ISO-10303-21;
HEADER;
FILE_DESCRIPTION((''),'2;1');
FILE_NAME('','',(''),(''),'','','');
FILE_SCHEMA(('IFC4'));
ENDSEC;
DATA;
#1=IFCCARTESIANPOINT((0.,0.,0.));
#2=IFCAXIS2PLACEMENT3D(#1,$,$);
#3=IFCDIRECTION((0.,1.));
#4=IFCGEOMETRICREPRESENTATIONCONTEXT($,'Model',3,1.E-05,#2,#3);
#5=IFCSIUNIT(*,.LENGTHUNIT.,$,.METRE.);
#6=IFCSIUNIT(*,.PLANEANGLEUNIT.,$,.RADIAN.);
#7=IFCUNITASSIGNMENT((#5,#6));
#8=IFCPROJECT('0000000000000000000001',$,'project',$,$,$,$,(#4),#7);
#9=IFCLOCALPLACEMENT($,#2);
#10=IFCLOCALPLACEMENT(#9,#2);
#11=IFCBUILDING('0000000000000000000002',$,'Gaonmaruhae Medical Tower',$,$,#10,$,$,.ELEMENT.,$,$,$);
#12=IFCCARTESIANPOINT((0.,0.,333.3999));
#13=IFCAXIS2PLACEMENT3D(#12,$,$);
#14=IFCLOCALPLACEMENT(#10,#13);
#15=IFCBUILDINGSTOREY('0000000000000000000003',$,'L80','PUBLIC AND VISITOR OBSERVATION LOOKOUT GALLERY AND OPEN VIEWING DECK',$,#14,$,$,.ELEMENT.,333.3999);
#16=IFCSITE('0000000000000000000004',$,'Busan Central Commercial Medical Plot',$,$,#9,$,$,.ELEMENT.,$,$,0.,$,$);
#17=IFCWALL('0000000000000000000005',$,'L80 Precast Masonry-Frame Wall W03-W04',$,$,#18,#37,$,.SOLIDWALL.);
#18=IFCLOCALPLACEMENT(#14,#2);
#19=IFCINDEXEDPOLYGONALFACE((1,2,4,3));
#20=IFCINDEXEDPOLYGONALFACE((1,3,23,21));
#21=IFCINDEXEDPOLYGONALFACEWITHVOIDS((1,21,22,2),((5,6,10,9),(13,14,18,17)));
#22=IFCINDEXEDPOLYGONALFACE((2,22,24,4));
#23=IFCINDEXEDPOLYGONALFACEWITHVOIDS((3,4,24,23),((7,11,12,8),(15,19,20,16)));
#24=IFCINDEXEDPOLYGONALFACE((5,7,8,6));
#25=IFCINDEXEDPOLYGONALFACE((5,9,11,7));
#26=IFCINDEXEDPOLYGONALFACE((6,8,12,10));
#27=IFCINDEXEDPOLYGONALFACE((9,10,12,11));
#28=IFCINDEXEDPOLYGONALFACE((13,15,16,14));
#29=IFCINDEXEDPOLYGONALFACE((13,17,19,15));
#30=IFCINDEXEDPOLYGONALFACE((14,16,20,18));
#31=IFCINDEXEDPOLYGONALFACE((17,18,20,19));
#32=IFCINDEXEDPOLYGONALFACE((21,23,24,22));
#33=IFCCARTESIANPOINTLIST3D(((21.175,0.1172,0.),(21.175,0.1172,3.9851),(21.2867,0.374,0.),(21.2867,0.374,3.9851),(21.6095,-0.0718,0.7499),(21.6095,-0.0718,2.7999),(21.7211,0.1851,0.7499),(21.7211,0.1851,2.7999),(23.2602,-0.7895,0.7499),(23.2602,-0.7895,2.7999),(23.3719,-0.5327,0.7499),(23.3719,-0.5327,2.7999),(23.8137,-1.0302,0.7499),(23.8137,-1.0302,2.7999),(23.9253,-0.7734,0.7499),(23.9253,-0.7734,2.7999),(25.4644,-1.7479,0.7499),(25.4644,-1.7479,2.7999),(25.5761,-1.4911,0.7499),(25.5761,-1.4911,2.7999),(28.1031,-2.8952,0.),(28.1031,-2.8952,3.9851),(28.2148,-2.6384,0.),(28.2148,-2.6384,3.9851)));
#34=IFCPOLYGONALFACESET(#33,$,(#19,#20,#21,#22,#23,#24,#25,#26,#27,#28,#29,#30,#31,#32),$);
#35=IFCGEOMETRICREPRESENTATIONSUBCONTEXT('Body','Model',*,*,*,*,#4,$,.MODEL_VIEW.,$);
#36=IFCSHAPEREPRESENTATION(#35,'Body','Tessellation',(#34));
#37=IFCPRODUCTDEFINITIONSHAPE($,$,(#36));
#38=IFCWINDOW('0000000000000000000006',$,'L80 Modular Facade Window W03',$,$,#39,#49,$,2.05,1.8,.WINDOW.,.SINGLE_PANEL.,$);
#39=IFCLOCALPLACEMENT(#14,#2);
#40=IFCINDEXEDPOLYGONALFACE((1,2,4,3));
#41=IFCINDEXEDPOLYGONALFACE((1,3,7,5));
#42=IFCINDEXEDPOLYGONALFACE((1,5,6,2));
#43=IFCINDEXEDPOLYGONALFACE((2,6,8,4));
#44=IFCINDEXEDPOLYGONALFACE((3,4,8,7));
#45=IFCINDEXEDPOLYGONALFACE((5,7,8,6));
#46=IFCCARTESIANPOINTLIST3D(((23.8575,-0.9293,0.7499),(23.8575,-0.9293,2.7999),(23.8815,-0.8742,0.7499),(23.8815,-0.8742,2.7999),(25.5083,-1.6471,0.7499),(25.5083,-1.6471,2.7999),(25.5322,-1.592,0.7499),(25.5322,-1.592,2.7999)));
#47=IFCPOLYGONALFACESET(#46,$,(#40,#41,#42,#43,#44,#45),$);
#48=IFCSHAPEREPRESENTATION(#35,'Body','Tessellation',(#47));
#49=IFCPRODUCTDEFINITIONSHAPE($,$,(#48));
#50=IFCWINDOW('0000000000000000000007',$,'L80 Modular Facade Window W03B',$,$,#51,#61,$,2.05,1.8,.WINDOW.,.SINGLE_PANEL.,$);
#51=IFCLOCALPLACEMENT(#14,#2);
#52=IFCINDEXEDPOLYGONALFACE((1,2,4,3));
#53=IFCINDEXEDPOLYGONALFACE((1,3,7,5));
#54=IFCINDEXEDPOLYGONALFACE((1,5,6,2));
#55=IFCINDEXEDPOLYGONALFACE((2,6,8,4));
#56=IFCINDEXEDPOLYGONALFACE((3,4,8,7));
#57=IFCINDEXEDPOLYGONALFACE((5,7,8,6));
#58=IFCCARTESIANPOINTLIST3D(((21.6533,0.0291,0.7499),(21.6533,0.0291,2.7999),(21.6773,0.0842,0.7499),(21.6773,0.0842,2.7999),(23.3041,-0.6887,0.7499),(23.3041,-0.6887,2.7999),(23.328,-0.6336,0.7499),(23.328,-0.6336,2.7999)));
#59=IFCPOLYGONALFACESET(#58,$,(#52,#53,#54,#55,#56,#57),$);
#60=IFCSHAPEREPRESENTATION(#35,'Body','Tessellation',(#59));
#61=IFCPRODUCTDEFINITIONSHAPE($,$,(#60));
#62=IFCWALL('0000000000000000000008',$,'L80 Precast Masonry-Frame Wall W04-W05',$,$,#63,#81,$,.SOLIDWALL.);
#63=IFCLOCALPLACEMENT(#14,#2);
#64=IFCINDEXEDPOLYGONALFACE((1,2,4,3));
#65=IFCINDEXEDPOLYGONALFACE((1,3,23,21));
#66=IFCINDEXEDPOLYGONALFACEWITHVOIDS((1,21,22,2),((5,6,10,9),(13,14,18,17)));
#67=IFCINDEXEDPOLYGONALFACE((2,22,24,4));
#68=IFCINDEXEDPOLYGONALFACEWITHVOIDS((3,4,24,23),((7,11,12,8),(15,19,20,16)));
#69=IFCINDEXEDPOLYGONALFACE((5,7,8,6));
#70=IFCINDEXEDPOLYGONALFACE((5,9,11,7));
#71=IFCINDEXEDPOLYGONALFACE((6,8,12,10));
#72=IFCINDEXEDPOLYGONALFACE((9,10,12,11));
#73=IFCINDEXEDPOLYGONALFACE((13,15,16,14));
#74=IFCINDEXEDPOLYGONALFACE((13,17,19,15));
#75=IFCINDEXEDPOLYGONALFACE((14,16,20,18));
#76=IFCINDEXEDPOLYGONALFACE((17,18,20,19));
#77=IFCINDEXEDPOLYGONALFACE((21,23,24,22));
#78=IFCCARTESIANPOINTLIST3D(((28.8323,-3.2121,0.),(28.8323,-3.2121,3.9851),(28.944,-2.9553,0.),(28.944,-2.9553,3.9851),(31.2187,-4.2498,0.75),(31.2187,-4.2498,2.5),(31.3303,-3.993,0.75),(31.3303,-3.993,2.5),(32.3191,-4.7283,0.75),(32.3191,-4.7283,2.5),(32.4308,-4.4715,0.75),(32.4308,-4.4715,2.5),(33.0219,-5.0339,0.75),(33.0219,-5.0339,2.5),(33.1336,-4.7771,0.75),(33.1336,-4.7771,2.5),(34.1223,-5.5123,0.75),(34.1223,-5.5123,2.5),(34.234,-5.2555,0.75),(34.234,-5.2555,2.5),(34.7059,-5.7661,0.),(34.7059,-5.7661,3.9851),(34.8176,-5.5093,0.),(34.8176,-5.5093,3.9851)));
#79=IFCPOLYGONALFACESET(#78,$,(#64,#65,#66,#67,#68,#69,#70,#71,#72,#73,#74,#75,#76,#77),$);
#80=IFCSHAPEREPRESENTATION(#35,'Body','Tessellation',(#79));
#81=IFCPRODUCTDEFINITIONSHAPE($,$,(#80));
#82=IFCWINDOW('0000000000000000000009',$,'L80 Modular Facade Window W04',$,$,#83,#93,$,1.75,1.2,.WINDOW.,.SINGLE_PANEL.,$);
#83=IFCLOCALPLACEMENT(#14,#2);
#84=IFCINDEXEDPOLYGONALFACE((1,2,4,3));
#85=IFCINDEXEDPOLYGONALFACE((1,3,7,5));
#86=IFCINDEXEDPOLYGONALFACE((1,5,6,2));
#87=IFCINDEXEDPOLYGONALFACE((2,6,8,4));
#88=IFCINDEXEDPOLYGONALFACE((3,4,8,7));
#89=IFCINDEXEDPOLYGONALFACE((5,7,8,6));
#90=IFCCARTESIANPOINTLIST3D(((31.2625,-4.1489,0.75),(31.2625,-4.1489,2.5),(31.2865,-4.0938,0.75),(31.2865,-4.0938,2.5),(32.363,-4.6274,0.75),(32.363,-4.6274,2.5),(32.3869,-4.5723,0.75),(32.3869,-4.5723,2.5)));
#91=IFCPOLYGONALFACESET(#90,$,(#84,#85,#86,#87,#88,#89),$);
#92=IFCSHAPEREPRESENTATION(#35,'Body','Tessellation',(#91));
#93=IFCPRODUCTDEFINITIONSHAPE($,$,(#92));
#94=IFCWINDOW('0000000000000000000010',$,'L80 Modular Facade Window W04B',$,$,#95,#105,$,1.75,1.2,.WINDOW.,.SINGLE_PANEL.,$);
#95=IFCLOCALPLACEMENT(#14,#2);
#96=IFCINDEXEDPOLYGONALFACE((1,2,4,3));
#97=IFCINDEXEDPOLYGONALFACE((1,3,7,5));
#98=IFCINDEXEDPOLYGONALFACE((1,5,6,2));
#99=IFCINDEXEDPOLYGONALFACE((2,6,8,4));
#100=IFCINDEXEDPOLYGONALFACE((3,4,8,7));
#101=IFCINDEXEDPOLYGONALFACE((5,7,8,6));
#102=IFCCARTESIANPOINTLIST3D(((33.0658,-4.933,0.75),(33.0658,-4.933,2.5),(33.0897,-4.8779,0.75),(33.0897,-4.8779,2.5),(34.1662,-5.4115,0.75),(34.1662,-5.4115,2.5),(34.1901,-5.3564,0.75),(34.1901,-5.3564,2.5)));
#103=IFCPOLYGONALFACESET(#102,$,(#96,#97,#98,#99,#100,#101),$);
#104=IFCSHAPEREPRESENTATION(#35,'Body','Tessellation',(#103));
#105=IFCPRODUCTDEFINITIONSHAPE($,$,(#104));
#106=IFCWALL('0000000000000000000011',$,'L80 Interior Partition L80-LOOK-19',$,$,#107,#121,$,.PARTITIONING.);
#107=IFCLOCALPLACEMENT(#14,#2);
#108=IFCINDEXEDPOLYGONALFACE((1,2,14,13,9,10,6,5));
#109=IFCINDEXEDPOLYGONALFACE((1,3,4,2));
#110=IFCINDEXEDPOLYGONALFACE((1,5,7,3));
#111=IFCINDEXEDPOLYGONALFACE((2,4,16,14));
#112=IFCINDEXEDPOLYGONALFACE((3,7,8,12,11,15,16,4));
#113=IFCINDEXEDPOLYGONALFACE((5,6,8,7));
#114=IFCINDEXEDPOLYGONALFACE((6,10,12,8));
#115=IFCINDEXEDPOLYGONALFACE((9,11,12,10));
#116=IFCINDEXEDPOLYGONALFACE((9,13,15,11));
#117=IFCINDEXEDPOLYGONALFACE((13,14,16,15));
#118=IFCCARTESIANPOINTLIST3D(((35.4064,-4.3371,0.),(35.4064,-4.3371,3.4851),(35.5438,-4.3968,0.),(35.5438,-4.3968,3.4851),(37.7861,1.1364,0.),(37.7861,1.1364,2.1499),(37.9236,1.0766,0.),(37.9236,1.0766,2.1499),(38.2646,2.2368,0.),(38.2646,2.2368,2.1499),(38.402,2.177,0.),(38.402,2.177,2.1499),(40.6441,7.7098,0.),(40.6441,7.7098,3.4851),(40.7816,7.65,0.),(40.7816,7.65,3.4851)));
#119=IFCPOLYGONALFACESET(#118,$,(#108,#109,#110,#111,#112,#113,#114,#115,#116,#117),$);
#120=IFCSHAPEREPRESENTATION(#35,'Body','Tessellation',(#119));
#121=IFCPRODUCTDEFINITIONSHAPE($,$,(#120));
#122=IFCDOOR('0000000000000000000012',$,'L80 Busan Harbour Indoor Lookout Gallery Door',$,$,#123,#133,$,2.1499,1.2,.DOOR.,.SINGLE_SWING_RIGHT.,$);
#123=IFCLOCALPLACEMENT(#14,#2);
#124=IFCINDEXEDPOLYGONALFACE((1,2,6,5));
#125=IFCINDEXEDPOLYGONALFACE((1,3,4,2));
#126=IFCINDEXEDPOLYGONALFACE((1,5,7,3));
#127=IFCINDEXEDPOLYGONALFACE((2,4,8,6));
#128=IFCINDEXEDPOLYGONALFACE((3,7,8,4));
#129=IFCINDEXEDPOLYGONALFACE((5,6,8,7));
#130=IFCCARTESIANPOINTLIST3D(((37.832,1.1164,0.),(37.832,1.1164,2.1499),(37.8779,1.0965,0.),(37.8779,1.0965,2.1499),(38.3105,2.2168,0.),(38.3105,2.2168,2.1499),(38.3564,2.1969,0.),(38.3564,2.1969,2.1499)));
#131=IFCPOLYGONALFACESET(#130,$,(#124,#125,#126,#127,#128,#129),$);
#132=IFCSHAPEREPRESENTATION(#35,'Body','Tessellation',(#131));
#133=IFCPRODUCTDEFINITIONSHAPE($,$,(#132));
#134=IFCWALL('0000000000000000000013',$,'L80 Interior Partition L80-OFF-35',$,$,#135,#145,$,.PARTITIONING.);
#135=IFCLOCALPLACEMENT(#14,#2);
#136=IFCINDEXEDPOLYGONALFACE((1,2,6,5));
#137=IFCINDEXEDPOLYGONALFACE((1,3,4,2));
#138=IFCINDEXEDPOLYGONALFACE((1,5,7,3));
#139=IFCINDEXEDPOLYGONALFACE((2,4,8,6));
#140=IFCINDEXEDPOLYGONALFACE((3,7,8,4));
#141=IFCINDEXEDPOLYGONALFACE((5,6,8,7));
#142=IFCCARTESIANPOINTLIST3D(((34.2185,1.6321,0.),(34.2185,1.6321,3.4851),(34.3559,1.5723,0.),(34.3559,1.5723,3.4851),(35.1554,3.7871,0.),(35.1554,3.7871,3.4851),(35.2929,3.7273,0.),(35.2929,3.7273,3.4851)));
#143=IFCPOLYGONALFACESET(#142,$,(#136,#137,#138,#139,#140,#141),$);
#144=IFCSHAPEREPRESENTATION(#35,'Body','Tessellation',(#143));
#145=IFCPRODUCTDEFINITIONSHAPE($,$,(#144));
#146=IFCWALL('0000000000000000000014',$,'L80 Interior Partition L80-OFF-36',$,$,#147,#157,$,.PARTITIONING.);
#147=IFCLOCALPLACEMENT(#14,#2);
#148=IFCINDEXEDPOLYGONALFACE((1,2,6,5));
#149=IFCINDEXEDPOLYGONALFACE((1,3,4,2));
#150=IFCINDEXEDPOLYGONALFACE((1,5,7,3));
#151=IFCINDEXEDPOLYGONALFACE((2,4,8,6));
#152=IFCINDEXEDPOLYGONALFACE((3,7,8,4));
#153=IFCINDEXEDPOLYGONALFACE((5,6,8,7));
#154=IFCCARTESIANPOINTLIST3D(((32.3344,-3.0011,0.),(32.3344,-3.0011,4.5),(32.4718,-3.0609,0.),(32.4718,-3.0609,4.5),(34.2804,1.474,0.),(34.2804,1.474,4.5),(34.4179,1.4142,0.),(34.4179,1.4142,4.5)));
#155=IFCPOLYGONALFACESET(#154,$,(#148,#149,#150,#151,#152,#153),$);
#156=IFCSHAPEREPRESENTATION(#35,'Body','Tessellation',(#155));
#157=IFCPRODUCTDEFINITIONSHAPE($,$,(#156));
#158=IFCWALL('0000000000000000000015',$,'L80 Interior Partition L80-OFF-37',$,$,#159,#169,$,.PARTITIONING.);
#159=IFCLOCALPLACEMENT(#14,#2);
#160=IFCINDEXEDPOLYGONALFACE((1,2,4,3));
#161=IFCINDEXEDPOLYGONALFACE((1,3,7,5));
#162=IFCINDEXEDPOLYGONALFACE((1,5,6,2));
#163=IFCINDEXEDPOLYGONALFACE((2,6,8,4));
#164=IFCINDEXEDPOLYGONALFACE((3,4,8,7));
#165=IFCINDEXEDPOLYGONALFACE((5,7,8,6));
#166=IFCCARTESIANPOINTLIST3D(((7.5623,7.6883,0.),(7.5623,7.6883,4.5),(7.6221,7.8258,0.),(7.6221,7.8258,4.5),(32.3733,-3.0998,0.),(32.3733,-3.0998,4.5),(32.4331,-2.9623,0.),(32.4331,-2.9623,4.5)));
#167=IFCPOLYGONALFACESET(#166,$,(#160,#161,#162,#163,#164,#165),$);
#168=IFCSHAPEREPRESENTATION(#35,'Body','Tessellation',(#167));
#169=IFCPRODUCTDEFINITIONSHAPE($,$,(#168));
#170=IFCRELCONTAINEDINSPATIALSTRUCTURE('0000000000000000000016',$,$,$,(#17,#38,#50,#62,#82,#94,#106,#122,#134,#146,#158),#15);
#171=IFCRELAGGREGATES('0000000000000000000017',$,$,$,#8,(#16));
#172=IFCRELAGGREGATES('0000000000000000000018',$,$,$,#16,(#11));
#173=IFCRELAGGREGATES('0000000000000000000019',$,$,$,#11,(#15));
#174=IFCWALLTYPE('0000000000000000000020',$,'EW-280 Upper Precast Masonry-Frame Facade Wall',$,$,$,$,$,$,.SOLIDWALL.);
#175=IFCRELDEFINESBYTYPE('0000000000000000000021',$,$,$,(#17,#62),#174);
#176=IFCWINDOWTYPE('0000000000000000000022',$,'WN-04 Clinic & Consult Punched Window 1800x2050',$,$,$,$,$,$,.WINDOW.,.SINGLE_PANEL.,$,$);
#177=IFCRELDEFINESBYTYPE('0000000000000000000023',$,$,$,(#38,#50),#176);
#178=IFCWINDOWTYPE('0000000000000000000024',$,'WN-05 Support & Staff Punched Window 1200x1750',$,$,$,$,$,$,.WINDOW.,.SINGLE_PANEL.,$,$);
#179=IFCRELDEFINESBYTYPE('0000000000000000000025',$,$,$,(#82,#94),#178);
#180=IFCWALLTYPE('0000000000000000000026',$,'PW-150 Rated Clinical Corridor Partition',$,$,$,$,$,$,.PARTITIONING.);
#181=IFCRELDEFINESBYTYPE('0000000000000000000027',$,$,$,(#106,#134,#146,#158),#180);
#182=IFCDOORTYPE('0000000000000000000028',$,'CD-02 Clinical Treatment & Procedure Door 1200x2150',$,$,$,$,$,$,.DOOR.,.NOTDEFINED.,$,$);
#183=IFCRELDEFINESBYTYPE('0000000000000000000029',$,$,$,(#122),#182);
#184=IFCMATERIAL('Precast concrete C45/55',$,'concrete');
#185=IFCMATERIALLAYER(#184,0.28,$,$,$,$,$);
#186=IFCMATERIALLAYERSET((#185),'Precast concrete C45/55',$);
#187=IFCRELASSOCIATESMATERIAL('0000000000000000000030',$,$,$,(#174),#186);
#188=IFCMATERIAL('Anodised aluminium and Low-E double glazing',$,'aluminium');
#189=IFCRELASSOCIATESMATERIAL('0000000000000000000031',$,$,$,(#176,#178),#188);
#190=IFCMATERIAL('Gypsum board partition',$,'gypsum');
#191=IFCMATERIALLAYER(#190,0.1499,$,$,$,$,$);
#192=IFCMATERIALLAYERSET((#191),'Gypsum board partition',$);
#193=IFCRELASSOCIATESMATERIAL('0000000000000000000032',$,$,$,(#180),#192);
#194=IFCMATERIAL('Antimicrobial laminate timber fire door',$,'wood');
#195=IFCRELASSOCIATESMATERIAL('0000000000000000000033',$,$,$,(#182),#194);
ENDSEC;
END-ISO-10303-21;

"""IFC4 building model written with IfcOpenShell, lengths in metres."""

from ifc_helpers import new_model, si_unit, direction, frame, frame_2d, origin, place, context, subcontext, project, spatial, rectangle, extrude, material, layer, layer_set, type_object, element, fill, save


model = new_model("IFC4")

# Units and contexts
model_context = context("Model", 3, precision=1e-05, world=origin(), true_north=direction((0.0, 1.0)))
body_context = subcontext(model_context, "Body", "Model", "MODEL_VIEW")
ifc_project = project(units=[si_unit("LENGTHUNIT", "METRE"), si_unit("PLANEANGLEUNIT", "RADIAN")], contexts=[model_context])

# Site, building, storey
site_placement = place(None, origin())
site = spatial("IfcSite", under=ifc_project, at=site_placement, Name="Busan Central Commercial Medical Plot", CompositionType="ELEMENT", RefElevation=0.0)
building_placement = place(site_placement, origin())
building = spatial("IfcBuilding", under=site, at=building_placement, Name="Gaonmaruhae Medical Tower", CompositionType="ELEMENT")
storey_placement = place(building_placement, frame((0.0, 0.0, 333.3999)))
storey = spatial("IfcBuildingStorey", under=building, at=storey_placement, Name="L80", Description="PUBLIC AND VISITOR OBSERVATION LOOKOUT GALLERY AND OPEN VIEWING DECK", CompositionType="ELEMENT", Elevation=333.3999)

# Shared definitions
ifc_material_1 = material(Name="Anodised aluminium and Low-E double glazing", Category="aluminium")

# Walls, openings, windows
ifc_material_2 = material(Name="Precast concrete C45/55", Category="concrete")
ifc_layer_1 = layer(ifc_material_2, 0.28)
ifc_layer_set_1 = layer_set([ifc_layer_1], Name="Precast concrete C45/55")
wall_type_1 = type_object("IfcWallType", Name="EW-280 Upper Precast Masonry-Frame Facade Wall", PredefinedType="SOLIDWALL", material=ifc_layer_set_1)
wall_1_placement = place(storey_placement, frame((28.1589, -2.7668, 0.0), z_axis=(0.0, 0.0, 1.0), x_axis=(-0.917061, 0.398746, 0.0)))
wall_1 = element("IfcWall", 1, at=wall_1_placement, inside=storey, type_object=wall_type_1, Name="L80 Precast Masonry-Frame Wall W03-W04", PredefinedType="SOLIDWALL", context=body_context, shape_type="SweptSolid", body=[
    extrude(rectangle(XDim=7.5547, YDim=0.28, at=frame_2d((3.7773, 0.0))), origin(), (0.0, 0.0, 1.0), 3.9851),
])
opening_1_placement = place(wall_1_placement, frame((2.8774, 0.0, 0.75)))
opening_1 = element("IfcOpeningElement", 2, at=opening_1_placement, cuts=wall_1, PredefinedType="OPENING", context=body_context, shape_type="SweptSolid", body=[
    extrude(rectangle(XDim=1.8, YDim=2.05, at=frame_2d((0.8999, 1.0249))), frame((0.0, 0.1499, 0.0), z_axis=(0.0, -1.0, 0.0), x_axis=(1.0, 0.0, 0.0)), (0.0, 0.0, 1.0), 0.3),
])
opening_2_placement = place(wall_1_placement, frame((5.281, 0.0, 0.75)))
opening_2 = element("IfcOpeningElement", 3, at=opening_2_placement, cuts=wall_1, PredefinedType="OPENING", context=body_context, shape_type="SweptSolid", body=[
    extrude(rectangle(XDim=1.8, YDim=2.05, at=frame_2d((0.8999, 1.0249))), frame((0.0, 0.1499, 0.0), z_axis=(0.0, -1.0, 0.0), x_axis=(1.0, 0.0, 0.0)), (0.0, 0.0, 1.0), 0.3),
])
window_type_1 = type_object("IfcWindowType", Name="WN-04 Clinic & Consult Punched Window 1800x2050", PartitioningType="SINGLE_PANEL", PredefinedType="WINDOW", material=ifc_material_1)
window_1_placement = place(opening_1_placement, origin())
window_1 = element("IfcWindow", 4, at=window_1_placement, inside=storey, type_object=window_type_1, Name="L80 Modular Facade Window W03", OverallHeight=2.05, OverallWidth=1.8, PartitioningType="SINGLE_PANEL", PredefinedType="WINDOW", context=body_context, shape_type="SweptSolid", body=[
    extrude(rectangle(XDim=1.8, YDim=2.05, at=frame_2d((0.8999, 1.0249))), frame((0.0, 0.03, 0.0), z_axis=(0.0, -1.0, 0.0), x_axis=(1.0, 0.0, 0.0)), (0.0, 0.0, 1.0), 0.0601),
])
fill(opening_1, window_1)
window_2_placement = place(opening_2_placement, origin())
window_2 = element("IfcWindow", 5, at=window_2_placement, inside=storey, type_object=window_type_1, Name="L80 Modular Facade Window W03B", OverallHeight=2.05, OverallWidth=1.8, PartitioningType="SINGLE_PANEL", PredefinedType="WINDOW", context=body_context, shape_type="SweptSolid", body=[
    extrude(rectangle(XDim=1.8, YDim=2.05, at=frame_2d((0.8999, 1.0249))), frame((0.0, 0.03, 0.0), z_axis=(0.0, -1.0, 0.0), x_axis=(1.0, 0.0, 0.0)), (0.0, 0.0, 1.0), 0.0601),
])
fill(opening_2, window_2)
wall_2_placement = place(storey_placement, frame((34.7617, -5.6377, 0.0), z_axis=(0.0, 0.0, 1.0), x_axis=(-0.917056, 0.398758, 0.0)))
wall_2 = element("IfcWall", 6, at=wall_2_placement, inside=storey, type_object=wall_type_1, Name="L80 Precast Masonry-Frame Wall W04-W05", PredefinedType="SOLIDWALL", context=body_context, shape_type="SweptSolid", body=[
    extrude(rectangle(XDim=6.4048, YDim=0.28, at=frame_2d((3.2024, 0.0))), origin(), (0.0, 0.0, 1.0), 3.9851),
])
opening_3_placement = place(wall_2_placement, frame((2.6025, 0.0, 0.75)))
opening_3 = element("IfcOpeningElement", 7, at=opening_3_placement, cuts=wall_2, PredefinedType="OPENING", context=body_context, shape_type="SweptSolid", body=[
    extrude(rectangle(XDim=1.2, YDim=1.75, at=frame_2d((0.6001, 0.875))), frame((0.0, 0.1499, 0.0), z_axis=(0.0, -1.0, 0.0), x_axis=(1.0, 0.0, 0.0)), (0.0, 0.0, 1.0), 0.3),
])
opening_4_placement = place(wall_2_placement, frame((0.6362, 0.0, 0.75)))
opening_4 = element("IfcOpeningElement", 8, at=opening_4_placement, cuts=wall_2, PredefinedType="OPENING", context=body_context, shape_type="SweptSolid", body=[
    extrude(rectangle(XDim=1.2, YDim=1.75, at=frame_2d((0.6001, 0.875))), frame((0.0, 0.1499, 0.0), z_axis=(0.0, -1.0, 0.0), x_axis=(1.0, 0.0, 0.0)), (0.0, 0.0, 1.0), 0.3),
])
window_type_2 = type_object("IfcWindowType", Name="WN-05 Support & Staff Punched Window 1200x1750", PartitioningType="SINGLE_PANEL", PredefinedType="WINDOW", material=ifc_material_1)
window_3_placement = place(opening_3_placement, origin())
window_3 = element("IfcWindow", 9, at=window_3_placement, inside=storey, type_object=window_type_2, Name="L80 Modular Facade Window W04", OverallHeight=1.75, OverallWidth=1.2, PartitioningType="SINGLE_PANEL", PredefinedType="WINDOW", context=body_context, shape_type="SweptSolid", body=[
    extrude(rectangle(XDim=1.2, YDim=1.75, at=frame_2d((0.6001, 0.875))), frame((0.0, 0.03, 0.0), z_axis=(0.0, -1.0, 0.0), x_axis=(1.0, 0.0, 0.0)), (0.0, 0.0, 1.0), 0.0601),
])
fill(opening_3, window_3)
window_4_placement = place(opening_4_placement, origin())
window_4 = element("IfcWindow", 10, at=window_4_placement, inside=storey, type_object=window_type_2, Name="L80 Modular Facade Window W04B", OverallHeight=1.75, OverallWidth=1.2, PartitioningType="SINGLE_PANEL", PredefinedType="WINDOW", context=body_context, shape_type="SweptSolid", body=[
    extrude(rectangle(XDim=1.2, YDim=1.75, at=frame_2d((0.6001, 0.875))), frame((0.0, 0.03, 0.0), z_axis=(0.0, -1.0, 0.0), x_axis=(1.0, 0.0, 0.0)), (0.0, 0.0, 1.0), 0.0601),
])
fill(opening_4, window_4)

# Wall, opening, door
ifc_material_3 = material(Name="Gypsum board partition", Category="gypsum")
ifc_layer_2 = layer(ifc_material_3, 0.1499)
ifc_layer_set_2 = layer_set([ifc_layer_2], Name="Gypsum board partition")
wall_type_2 = type_object("IfcWallType", Name="PW-150 Rated Clinical Corridor Partition", PredefinedType="PARTITIONING", material=ifc_layer_set_2)
wall_3_placement = place(storey_placement, frame((35.4751, -4.3669, 0.0), z_axis=(0.0, 0.0, 1.0), x_axis=(0.398727, 0.917069, 0.0)))
wall_3 = element("IfcWall", 11, at=wall_3_placement, inside=storey, type_object=wall_type_2, Name="L80 Interior Partition L80-LOOK-19", PredefinedType="PARTITIONING", context=body_context, shape_type="SweptSolid", body=[
    extrude(rectangle(XDim=13.1362, YDim=0.1499, at=frame_2d((6.5681, 0.0))), origin(), (0.0, 0.0, 1.0), 3.4851),
])
opening_5_placement = place(wall_3_placement, frame((5.9683, 0.0, 0.0)))
opening_5 = element("IfcOpeningElement", 12, at=opening_5_placement, cuts=wall_3, PredefinedType="OPENING", context=body_context, shape_type="SweptSolid", body=[
    extrude(rectangle(XDim=1.2, YDim=2.1499, at=frame_2d((0.6001, 1.075))), frame((0.0, 0.085, 0.0), z_axis=(0.0, -1.0, 0.0), x_axis=(1.0, 0.0, 0.0)), (0.0, 0.0, 1.0), 0.1699),
])
ifc_material_4 = material(Name="Antimicrobial laminate timber fire door", Category="wood")
door_type = type_object("IfcDoorType", Name="CD-02 Clinical Treatment & Procedure Door 1200x2150", OperationType="NOTDEFINED", PredefinedType="DOOR", material=ifc_material_4)
door_placement = place(opening_5_placement, origin())
door = element("IfcDoor", 13, at=door_placement, inside=storey, type_object=door_type, Name="L80 Busan Harbour Indoor Lookout Gallery Door", OperationType="SINGLE_SWING_RIGHT", OverallHeight=2.1499, OverallWidth=1.2, PredefinedType="DOOR", context=body_context, shape_type="SweptSolid", body=[
    extrude(rectangle(XDim=1.2, YDim=2.1499, at=frame_2d((0.6001, 1.075))), frame((0.0, 0.0249, 0.0), z_axis=(0.0, -1.0, 0.0), x_axis=(1.0, 0.0, 0.0)), (0.0, 0.0, 1.0), 0.05),
])
fill(opening_5, door)

# Walls
wall_4_placement = place(storey_placement, frame((35.2241, 3.7571, 0.0), z_axis=(0.0, 0.0, 1.0), x_axis=(-0.398741, -0.917063, 0.0)))
element("IfcWall", 14, at=wall_4_placement, inside=storey, type_object=wall_type_2, Name="L80 Interior Partition L80-OFF-35", PredefinedType="PARTITIONING", context=body_context, shape_type="SweptSolid", body=[
    extrude(rectangle(XDim=2.3499, YDim=0.1499, at=frame_2d((1.1748, 0.0))), origin(), (0.0, 0.0, 1.0), 3.4851),
])
wall_5_placement = place(storey_placement, frame((34.3491, 1.4441, 0.0), z_axis=(0.0, 0.0, 1.0), x_axis=(-0.398786, -0.917044, 0.0)))
element("IfcWall", 15, at=wall_5_placement, inside=storey, type_object=wall_type_2, Name="L80 Interior Partition L80-OFF-36", PredefinedType="PARTITIONING", context=body_context, shape_type="SweptSolid", body=[
    extrude(rectangle(XDim=4.8799, YDim=0.1499, at=frame_2d((2.4399, 0.0))), origin(), (0.0, 0.0, 1.0), 4.5),
])
wall_6_placement = place(storey_placement, frame((32.4031, -3.031, 0.0), z_axis=(0.0, 0.0, 1.0), x_axis=(-0.917061, 0.398747, 0.0)))
element("IfcWall", 16, at=wall_6_placement, inside=storey, type_object=wall_type_2, Name="L80 Interior Partition L80-OFF-37", PredefinedType="PARTITIONING", context=body_context, shape_type="SweptSolid", body=[
    extrude(rectangle(XDim=27.0549, YDim=0.1499, at=frame_2d((13.5273, 0.0))), origin(), (0.0, 0.0, 1.0), 4.5),
])

save(model, "model.ifc")
